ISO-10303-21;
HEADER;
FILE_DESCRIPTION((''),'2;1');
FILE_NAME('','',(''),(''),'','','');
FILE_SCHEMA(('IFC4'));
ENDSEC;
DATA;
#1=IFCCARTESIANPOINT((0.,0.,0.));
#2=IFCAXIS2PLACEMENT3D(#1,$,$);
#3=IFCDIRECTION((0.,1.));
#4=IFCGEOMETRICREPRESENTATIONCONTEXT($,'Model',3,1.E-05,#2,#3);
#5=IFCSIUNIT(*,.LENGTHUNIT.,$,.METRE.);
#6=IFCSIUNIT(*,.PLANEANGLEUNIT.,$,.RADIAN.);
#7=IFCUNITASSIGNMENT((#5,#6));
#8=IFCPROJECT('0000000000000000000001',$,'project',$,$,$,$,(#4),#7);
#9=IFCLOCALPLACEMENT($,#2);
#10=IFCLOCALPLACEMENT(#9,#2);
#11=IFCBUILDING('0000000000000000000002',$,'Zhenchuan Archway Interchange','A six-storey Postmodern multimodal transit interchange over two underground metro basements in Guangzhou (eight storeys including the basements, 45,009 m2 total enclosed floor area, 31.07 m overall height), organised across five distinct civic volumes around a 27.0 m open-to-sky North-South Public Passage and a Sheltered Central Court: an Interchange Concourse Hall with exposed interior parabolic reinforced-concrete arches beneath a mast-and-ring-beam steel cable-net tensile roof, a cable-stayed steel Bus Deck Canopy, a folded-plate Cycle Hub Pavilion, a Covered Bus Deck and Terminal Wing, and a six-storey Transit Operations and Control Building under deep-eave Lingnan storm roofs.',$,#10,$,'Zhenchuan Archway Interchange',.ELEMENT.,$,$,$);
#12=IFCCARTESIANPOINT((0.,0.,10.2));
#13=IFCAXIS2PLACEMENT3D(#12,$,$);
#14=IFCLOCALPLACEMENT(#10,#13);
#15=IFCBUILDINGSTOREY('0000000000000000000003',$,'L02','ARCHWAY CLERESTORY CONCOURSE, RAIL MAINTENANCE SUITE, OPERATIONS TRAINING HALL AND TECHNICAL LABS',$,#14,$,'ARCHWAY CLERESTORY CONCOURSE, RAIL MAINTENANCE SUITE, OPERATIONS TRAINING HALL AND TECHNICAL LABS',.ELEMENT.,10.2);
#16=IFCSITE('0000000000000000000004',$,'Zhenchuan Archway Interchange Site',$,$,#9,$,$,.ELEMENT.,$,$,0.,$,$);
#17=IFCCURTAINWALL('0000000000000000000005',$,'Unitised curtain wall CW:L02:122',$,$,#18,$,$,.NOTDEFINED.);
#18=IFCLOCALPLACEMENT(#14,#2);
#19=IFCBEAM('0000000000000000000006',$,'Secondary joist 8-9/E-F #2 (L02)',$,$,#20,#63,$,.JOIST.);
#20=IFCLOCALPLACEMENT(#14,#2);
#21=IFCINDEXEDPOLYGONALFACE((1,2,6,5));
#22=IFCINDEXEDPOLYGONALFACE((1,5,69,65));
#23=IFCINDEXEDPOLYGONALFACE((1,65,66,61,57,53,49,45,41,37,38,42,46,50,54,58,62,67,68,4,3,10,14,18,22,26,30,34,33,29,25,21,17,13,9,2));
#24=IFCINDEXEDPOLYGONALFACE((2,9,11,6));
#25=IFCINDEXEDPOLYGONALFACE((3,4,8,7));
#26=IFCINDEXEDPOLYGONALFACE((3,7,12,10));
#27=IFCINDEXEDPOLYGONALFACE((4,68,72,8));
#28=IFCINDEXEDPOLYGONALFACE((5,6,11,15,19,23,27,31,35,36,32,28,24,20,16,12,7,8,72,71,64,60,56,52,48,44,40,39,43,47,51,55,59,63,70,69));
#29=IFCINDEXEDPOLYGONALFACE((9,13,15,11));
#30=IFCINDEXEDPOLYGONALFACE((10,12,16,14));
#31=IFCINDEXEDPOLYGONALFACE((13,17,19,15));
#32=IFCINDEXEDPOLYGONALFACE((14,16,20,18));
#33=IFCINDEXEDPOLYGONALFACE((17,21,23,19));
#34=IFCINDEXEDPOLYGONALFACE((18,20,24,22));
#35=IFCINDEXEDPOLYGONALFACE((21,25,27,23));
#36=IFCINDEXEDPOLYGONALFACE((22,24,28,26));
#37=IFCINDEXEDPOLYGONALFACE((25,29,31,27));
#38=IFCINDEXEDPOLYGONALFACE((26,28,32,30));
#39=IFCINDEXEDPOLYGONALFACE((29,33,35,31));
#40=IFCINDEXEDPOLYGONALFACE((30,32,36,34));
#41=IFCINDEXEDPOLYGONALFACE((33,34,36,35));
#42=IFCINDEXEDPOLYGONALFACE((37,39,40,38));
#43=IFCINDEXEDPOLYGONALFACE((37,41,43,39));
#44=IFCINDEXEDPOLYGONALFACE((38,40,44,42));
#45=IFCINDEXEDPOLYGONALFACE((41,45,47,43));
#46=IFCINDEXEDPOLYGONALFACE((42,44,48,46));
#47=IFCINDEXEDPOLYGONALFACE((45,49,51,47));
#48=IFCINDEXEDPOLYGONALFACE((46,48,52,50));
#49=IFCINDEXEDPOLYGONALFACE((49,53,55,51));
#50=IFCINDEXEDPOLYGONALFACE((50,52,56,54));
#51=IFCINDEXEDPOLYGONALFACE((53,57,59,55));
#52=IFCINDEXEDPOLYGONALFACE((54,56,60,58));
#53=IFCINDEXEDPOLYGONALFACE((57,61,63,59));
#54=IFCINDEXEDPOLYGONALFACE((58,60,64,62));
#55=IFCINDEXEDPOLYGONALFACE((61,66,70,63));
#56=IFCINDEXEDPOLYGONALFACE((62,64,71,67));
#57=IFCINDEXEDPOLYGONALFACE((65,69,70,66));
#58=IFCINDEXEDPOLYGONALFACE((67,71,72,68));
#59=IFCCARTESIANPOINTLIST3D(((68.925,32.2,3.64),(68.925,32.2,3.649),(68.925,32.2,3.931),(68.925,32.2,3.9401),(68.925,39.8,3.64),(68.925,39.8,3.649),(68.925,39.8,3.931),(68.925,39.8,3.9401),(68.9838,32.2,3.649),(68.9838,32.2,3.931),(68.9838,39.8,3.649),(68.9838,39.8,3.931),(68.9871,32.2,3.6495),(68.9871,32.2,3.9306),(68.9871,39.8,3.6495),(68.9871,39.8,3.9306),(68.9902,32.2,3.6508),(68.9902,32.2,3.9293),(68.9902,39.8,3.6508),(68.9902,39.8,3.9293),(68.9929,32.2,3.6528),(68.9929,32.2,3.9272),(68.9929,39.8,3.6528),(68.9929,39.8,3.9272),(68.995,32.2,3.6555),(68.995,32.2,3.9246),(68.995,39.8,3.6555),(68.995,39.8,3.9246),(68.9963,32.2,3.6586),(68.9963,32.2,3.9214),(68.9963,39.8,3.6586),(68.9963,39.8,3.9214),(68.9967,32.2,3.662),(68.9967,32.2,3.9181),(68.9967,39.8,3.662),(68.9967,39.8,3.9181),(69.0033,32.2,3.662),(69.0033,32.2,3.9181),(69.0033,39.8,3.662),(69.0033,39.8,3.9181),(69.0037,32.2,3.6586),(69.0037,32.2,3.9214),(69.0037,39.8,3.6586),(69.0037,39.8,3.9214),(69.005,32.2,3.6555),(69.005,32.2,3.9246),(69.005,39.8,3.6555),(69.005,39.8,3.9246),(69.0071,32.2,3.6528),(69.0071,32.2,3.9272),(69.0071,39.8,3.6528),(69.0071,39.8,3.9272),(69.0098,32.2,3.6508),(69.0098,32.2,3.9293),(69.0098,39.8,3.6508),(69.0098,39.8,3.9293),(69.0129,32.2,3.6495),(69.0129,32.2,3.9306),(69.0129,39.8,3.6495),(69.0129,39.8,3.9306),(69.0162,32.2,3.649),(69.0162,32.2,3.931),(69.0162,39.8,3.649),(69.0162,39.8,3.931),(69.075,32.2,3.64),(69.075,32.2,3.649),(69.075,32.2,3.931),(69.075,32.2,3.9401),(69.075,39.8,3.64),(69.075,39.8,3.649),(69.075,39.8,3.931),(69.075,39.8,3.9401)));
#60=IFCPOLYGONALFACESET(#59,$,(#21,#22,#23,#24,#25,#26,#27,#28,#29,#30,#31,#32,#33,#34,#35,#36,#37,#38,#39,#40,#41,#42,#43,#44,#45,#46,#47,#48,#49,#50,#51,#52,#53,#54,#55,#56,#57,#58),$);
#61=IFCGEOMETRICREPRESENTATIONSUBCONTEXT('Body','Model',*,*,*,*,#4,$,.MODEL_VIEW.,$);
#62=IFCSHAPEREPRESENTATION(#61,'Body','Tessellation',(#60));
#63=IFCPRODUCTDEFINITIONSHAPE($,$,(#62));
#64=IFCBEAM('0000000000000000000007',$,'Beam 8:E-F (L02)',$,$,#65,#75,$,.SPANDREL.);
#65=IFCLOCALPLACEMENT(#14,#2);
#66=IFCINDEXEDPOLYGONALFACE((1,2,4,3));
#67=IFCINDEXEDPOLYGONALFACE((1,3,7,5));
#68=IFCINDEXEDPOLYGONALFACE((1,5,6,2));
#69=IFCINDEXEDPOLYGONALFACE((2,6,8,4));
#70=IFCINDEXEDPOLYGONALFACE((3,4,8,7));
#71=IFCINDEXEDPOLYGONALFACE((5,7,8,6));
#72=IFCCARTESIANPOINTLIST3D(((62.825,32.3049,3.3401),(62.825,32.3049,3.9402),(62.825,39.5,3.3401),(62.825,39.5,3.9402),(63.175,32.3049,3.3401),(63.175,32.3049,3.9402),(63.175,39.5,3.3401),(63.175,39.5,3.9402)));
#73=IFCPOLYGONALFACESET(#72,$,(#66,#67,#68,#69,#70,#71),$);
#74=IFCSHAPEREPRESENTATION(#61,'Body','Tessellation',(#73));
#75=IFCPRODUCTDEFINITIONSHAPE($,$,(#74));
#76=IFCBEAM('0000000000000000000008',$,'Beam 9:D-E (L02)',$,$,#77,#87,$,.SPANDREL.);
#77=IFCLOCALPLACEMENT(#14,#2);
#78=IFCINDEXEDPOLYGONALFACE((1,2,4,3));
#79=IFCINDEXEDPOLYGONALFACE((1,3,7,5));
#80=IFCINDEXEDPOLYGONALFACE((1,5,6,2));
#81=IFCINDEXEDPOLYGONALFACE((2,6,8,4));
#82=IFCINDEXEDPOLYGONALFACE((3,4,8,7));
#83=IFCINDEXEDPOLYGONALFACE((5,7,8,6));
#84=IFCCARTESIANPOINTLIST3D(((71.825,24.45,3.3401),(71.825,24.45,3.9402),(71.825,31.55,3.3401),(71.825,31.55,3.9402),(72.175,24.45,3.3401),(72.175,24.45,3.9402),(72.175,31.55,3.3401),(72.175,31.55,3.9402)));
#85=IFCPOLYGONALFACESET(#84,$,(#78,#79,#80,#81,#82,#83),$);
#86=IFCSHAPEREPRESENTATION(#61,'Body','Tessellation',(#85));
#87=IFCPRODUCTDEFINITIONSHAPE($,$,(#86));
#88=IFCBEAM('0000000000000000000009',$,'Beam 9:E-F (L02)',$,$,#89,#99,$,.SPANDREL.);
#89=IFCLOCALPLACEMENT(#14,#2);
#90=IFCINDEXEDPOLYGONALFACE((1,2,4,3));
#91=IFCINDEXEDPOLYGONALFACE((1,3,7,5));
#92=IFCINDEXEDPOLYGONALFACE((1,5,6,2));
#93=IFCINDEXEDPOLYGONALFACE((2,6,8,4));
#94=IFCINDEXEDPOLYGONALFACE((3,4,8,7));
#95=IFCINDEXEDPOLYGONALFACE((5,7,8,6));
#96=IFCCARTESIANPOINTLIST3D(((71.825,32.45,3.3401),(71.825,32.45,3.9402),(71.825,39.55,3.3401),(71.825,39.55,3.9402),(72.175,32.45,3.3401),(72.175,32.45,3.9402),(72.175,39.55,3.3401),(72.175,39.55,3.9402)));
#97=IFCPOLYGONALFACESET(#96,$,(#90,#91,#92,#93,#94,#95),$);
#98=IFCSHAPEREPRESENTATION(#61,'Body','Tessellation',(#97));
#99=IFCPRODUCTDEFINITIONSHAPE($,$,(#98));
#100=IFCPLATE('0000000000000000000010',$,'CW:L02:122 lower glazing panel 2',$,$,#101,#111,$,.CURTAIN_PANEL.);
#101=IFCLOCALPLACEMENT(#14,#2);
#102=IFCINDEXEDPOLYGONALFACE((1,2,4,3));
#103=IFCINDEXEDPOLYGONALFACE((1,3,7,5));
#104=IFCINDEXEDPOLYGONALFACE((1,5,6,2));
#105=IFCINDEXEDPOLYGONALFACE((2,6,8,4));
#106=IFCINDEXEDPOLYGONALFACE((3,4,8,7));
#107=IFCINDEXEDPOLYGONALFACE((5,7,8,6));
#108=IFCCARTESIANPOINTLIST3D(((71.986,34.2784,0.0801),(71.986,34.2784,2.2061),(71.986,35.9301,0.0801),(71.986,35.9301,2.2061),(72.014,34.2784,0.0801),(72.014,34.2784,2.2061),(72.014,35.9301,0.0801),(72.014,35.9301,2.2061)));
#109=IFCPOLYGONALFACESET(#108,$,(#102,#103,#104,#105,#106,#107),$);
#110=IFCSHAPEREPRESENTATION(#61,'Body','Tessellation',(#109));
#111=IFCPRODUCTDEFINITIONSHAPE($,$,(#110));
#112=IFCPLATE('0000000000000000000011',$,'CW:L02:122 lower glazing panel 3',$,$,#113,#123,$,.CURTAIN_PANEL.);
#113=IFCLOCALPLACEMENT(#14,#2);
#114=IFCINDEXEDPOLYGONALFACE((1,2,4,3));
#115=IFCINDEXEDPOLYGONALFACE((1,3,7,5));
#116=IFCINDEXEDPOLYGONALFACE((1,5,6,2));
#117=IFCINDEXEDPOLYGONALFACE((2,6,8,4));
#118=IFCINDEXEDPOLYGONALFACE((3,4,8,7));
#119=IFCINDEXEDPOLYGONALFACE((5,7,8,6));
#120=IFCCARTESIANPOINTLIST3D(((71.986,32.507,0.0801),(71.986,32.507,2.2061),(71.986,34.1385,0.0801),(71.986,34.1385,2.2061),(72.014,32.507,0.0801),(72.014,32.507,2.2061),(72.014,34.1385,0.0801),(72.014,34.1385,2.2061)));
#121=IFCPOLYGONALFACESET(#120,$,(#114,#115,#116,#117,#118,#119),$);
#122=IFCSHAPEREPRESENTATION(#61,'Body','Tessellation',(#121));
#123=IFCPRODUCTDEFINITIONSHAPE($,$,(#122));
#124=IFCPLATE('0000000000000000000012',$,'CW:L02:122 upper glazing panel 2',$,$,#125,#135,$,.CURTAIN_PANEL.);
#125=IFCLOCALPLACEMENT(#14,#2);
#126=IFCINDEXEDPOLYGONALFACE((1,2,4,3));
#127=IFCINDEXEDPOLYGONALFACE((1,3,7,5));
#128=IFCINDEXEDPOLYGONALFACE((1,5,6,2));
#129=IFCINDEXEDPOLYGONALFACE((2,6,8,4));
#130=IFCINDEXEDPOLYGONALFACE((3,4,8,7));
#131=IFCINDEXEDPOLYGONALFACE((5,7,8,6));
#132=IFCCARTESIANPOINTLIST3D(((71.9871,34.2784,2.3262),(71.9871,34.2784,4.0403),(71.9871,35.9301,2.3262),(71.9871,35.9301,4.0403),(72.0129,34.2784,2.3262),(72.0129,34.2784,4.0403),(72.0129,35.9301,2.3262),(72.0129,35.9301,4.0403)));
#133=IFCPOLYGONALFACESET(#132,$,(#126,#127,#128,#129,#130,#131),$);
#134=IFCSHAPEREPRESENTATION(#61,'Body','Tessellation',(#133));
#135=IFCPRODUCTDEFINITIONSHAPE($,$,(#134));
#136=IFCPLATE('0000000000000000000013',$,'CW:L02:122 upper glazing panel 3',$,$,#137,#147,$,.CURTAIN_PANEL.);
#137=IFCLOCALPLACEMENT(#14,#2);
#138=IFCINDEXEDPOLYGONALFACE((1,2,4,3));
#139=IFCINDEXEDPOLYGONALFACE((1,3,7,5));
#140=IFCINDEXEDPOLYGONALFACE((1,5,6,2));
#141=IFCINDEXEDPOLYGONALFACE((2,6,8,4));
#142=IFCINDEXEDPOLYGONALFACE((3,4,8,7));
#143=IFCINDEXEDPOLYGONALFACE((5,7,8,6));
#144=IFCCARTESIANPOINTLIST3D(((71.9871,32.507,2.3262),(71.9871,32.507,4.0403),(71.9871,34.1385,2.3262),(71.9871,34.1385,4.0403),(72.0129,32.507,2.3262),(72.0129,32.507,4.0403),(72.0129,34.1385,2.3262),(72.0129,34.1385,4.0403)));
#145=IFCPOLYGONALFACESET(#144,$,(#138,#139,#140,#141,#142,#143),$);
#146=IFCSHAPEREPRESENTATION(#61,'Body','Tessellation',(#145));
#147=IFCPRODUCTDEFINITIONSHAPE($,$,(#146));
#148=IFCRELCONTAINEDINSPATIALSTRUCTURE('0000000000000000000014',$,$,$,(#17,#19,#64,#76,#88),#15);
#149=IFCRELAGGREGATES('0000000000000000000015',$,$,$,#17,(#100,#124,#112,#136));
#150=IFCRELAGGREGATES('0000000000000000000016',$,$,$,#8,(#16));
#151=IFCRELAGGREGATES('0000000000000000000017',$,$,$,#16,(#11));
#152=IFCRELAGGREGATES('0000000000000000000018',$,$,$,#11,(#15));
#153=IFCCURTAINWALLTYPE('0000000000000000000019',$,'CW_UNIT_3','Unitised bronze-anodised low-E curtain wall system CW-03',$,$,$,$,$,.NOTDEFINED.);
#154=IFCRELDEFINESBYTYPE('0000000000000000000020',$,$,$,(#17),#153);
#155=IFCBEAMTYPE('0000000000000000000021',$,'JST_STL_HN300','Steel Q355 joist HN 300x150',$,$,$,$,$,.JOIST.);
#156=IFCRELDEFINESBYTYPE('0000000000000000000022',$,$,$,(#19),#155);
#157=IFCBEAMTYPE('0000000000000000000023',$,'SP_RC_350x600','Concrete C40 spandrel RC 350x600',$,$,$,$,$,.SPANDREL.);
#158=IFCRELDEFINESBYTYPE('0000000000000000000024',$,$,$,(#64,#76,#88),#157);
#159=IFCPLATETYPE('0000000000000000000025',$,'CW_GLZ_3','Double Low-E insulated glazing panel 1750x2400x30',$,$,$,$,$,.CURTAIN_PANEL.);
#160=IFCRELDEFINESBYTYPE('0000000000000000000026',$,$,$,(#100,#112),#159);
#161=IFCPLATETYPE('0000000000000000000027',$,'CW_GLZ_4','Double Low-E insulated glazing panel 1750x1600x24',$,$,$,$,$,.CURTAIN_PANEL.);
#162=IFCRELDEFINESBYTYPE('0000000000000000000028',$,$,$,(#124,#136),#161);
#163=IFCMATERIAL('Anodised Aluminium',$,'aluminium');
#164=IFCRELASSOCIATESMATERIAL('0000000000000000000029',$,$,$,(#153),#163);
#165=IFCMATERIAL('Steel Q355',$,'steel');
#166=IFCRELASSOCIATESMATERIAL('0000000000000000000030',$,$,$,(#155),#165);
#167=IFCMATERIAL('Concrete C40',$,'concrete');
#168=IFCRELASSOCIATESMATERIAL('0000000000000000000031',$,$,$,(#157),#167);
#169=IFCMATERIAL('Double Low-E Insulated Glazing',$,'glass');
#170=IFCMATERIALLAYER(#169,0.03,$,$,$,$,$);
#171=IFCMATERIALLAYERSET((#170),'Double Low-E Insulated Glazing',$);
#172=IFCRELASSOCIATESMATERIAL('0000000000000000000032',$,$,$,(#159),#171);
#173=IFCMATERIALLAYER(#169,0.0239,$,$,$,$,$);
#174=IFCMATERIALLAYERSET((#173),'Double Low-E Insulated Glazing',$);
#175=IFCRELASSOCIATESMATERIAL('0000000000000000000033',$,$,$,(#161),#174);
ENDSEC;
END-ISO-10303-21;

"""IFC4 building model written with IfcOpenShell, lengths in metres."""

from ifc_helpers import new_model, si_unit, direction, frame, origin, origin_2d, place, context, subcontext, project, spatial, rectangle, i_section, extrude, material, layer, layer_set, material_profile, profile_set, type_object, element, aggregate, save


model = new_model("IFC4")

# Units and contexts
model_context = context("Model", 3, precision=1e-05, world=origin(), true_north=direction((0.0, 1.0)))
body_context = subcontext(model_context, "Body", "Model", "MODEL_VIEW")
ifc_project = project(units=[si_unit("LENGTHUNIT", "METRE"), si_unit("PLANEANGLEUNIT", "RADIAN")], contexts=[model_context])

# Site, building, storey
site_placement = place(None, origin())
site = spatial("IfcSite", under=ifc_project, at=site_placement, Name="Zhenchuan Archway Interchange Site", CompositionType="ELEMENT", RefElevation=0.0)
building_placement = place(site_placement, origin())
building = spatial("IfcBuilding", under=site, at=building_placement, Name="Zhenchuan Archway Interchange", Description="A six-storey Postmodern multimodal transit interchange over two underground metro basements in Guangzhou (eight storeys including the basements, 45,009 m2 total enclosed floor area, 31.07 m overall height), organised across five distinct civic volumes around a 27.0 m open-to-sky North-South Public Passage and a Sheltered Central Court: an Interchange Concourse Hall with exposed interior parabolic reinforced-concrete arches beneath a mast-and-ring-beam steel cable-net tensile roof, a cable-stayed steel Bus Deck Canopy, a folded-plate Cycle Hub Pavilion, a Covered Bus Deck and Terminal Wing, and a six-storey Transit Operations and Control Building under deep-eave Lingnan storm roofs.", LongName="Zhenchuan Archway Interchange", CompositionType="ELEMENT")
storey_placement = place(building_placement, frame((0.0, 0.0, 10.2)))
storey = spatial("IfcBuildingStorey", under=building, at=storey_placement, Name="L02", Description="ARCHWAY CLERESTORY CONCOURSE, RAIL MAINTENANCE SUITE, OPERATIONS TRAINING HALL AND TECHNICAL LABS", LongName="ARCHWAY CLERESTORY CONCOURSE, RAIL MAINTENANCE SUITE, OPERATIONS TRAINING HALL AND TECHNICAL LABS", CompositionType="ELEMENT", Elevation=10.2)

# Shared definitions
ifc_material_1 = material(Name="Concrete C40", Category="concrete")

# Curtain wall
ifc_material_2 = material(Name="Anodised Aluminium", Category="aluminium")
curtain_wall_type = type_object("IfcCurtainWallType", Name="CW_UNIT_3", Description="Unitised bronze-anodised low-E curtain wall system CW-03", PredefinedType="NOTDEFINED", material=ifc_material_2)
curtain_wall_placement = place(storey_placement, origin())
curtain_wall = element("IfcCurtainWall", 1, at=curtain_wall_placement, inside=storey, type_object=curtain_wall_type, Name="Unitised curtain wall CW:L02:122", PredefinedType="NOTDEFINED")

# Beams
ifc_material_3 = material(Name="Steel Q355", Category="steel")
ifc_material_profile_1 = material_profile(ifc_material_3, i_section(OverallWidth=0.1499, OverallDepth=0.3, WebThickness=0.0066, FlangeThickness=0.009, FilletRadius=0.0129, at=origin_2d()), Name="HN 300x150")
ifc_profile_set_1 = profile_set([ifc_material_profile_1], Name="Steel Q355")
beam_type_1 = type_object("IfcBeamType", Name="JST_STL_HN300", Description="Steel Q355 joist HN 300x150", PredefinedType="JOIST", material=ifc_profile_set_1)
for number, where, z_axis, x_axis, name in (
    (2, (69.0, 32.2, 3.79), (0.0, 1.0, 0.0), (-1.0, 0.0, 0.0), "Secondary joist 8-9/E-F #2 (L02)"),
):
    element("IfcBeam", number, at=place(storey_placement, frame(where, z_axis=z_axis, x_axis=x_axis)), inside=storey, type_object=beam_type_1, Name=name, PredefinedType="JOIST", context=body_context, shape_type="SweptSolid", body=[
        extrude(i_section(OverallWidth=0.1499, OverallDepth=0.3, WebThickness=0.0066, FlangeThickness=0.009, FilletRadius=0.0129, at=origin_2d()), origin(), (0.0, 0.0, 1.0), 7.6001),
    ])
ifc_material_profile_2 = material_profile(ifc_material_1, rectangle(XDim=0.3501, YDim=0.6001, at=origin_2d()), Name="RC 350x600")
ifc_profile_set_2 = profile_set([ifc_material_profile_2], Name="Concrete C40")
beam_type_2 = type_object("IfcBeamType", Name="SP_RC_350x600", Description="Concrete C40 spandrel RC 350x600", PredefinedType="SPANDREL", material=ifc_profile_set_2)
beam_1_placement = place(storey_placement, frame((63.0, 32.3049, 3.6401), z_axis=(0.0, 1.0, 0.0), x_axis=(-1.0, 0.0, 0.0)))
element("IfcBeam", 3, at=beam_1_placement, inside=storey, type_object=beam_type_2, Name="Beam 8:E-F (L02)", PredefinedType="SPANDREL", context=body_context, shape_type="SweptSolid", body=[
    extrude(rectangle(XDim=0.3501, YDim=0.6001, at=origin_2d()), origin(), (0.0, 0.0, 1.0), 7.1951),
])
for number, where, z_axis, x_axis, name in (
    (4, (72.0, 24.45, 3.6401), (0.0, 1.0, 0.0), (-1.0, 0.0, 0.0), "Beam 9:D-E (L02)"),
    (5, (72.0, 32.45, 3.6401), (0.0, 1.0, 0.0), (-1.0, 0.0, 0.0), "Beam 9:E-F (L02)"),
):
    element("IfcBeam", number, at=place(storey_placement, frame(where, z_axis=z_axis, x_axis=x_axis)), inside=storey, type_object=beam_type_2, Name=name, PredefinedType="SPANDREL", context=body_context, shape_type="SweptSolid", body=[
        extrude(rectangle(XDim=0.3501, YDim=0.6001, at=origin_2d()), origin(), (0.0, 0.0, 1.0), 7.1001),
    ])

# Plates
ifc_material_4 = material(Name="Double Low-E Insulated Glazing", Category="glass")
ifc_layer_1 = layer(ifc_material_4, 0.03)
ifc_layer_set_1 = layer_set([ifc_layer_1], Name="Double Low-E Insulated Glazing")
plate_type_1 = type_object("IfcPlateType", Name="CW_GLZ_3", Description="Double Low-E insulated glazing panel 1750x2400x30", PredefinedType="CURTAIN_PANEL", material=ifc_layer_set_1)
plate_1_placement = place(storey_placement, frame((72.0, 35.1042, 0.0801), z_axis=(0.0, 0.0, 1.0), x_axis=(0.0, -1.0, 0.0)))
plate_1 = element("IfcPlate", 6, at=plate_1_placement, type_object=plate_type_1, Name="CW:L02:122 lower glazing panel 2", PredefinedType="CURTAIN_PANEL", context=body_context, shape_type="SweptSolid", body=[
    extrude(rectangle(XDim=1.6516, YDim=0.0281, at=origin_2d()), origin(), (0.0, 0.0, 1.0), 2.126),
])
plate_2_placement = place(storey_placement, frame((72.0, 33.3228, 0.0801), z_axis=(0.0, 0.0, 1.0), x_axis=(0.0, -1.0, 0.0)))
plate_2 = element("IfcPlate", 7, at=plate_2_placement, type_object=plate_type_1, Name="CW:L02:122 lower glazing panel 3", PredefinedType="CURTAIN_PANEL", context=body_context, shape_type="SweptSolid", body=[
    extrude(rectangle(XDim=1.6316, YDim=0.0281, at=origin_2d()), origin(), (0.0, 0.0, 1.0), 2.126),
])
ifc_layer_2 = layer(ifc_material_4, 0.0239)
ifc_layer_set_2 = layer_set([ifc_layer_2], Name="Double Low-E Insulated Glazing")
plate_type_2 = type_object("IfcPlateType", Name="CW_GLZ_4", Description="Double Low-E insulated glazing panel 1750x1600x24", PredefinedType="CURTAIN_PANEL", material=ifc_layer_set_2)
plate_3_placement = place(storey_placement, frame((72.0, 35.1042, 2.3262), z_axis=(0.0, 0.0, 1.0), x_axis=(0.0, -1.0, 0.0)))
plate_3 = element("IfcPlate", 8, at=plate_3_placement, type_object=plate_type_2, Name="CW:L02:122 upper glazing panel 2", PredefinedType="CURTAIN_PANEL", context=body_context, shape_type="SweptSolid", body=[
    extrude(rectangle(XDim=1.6516, YDim=0.0259, at=origin_2d()), origin(), (0.0, 0.0, 1.0), 1.7141),
])
plate_4_placement = place(storey_placement, frame((72.0, 33.3228, 2.3262), z_axis=(0.0, 0.0, 1.0), x_axis=(0.0, -1.0, 0.0)))
plate_4 = element("IfcPlate", 9, at=plate_4_placement, type_object=plate_type_2, Name="CW:L02:122 upper glazing panel 3", PredefinedType="CURTAIN_PANEL", context=body_context, shape_type="SweptSolid", body=[
    extrude(rectangle(XDim=1.6316, YDim=0.0259, at=origin_2d()), origin(), (0.0, 0.0, 1.0), 1.7141),
])
aggregate(curtain_wall, [plate_1, plate_3, plate_2, plate_4])

save(model, "model.ifc")
